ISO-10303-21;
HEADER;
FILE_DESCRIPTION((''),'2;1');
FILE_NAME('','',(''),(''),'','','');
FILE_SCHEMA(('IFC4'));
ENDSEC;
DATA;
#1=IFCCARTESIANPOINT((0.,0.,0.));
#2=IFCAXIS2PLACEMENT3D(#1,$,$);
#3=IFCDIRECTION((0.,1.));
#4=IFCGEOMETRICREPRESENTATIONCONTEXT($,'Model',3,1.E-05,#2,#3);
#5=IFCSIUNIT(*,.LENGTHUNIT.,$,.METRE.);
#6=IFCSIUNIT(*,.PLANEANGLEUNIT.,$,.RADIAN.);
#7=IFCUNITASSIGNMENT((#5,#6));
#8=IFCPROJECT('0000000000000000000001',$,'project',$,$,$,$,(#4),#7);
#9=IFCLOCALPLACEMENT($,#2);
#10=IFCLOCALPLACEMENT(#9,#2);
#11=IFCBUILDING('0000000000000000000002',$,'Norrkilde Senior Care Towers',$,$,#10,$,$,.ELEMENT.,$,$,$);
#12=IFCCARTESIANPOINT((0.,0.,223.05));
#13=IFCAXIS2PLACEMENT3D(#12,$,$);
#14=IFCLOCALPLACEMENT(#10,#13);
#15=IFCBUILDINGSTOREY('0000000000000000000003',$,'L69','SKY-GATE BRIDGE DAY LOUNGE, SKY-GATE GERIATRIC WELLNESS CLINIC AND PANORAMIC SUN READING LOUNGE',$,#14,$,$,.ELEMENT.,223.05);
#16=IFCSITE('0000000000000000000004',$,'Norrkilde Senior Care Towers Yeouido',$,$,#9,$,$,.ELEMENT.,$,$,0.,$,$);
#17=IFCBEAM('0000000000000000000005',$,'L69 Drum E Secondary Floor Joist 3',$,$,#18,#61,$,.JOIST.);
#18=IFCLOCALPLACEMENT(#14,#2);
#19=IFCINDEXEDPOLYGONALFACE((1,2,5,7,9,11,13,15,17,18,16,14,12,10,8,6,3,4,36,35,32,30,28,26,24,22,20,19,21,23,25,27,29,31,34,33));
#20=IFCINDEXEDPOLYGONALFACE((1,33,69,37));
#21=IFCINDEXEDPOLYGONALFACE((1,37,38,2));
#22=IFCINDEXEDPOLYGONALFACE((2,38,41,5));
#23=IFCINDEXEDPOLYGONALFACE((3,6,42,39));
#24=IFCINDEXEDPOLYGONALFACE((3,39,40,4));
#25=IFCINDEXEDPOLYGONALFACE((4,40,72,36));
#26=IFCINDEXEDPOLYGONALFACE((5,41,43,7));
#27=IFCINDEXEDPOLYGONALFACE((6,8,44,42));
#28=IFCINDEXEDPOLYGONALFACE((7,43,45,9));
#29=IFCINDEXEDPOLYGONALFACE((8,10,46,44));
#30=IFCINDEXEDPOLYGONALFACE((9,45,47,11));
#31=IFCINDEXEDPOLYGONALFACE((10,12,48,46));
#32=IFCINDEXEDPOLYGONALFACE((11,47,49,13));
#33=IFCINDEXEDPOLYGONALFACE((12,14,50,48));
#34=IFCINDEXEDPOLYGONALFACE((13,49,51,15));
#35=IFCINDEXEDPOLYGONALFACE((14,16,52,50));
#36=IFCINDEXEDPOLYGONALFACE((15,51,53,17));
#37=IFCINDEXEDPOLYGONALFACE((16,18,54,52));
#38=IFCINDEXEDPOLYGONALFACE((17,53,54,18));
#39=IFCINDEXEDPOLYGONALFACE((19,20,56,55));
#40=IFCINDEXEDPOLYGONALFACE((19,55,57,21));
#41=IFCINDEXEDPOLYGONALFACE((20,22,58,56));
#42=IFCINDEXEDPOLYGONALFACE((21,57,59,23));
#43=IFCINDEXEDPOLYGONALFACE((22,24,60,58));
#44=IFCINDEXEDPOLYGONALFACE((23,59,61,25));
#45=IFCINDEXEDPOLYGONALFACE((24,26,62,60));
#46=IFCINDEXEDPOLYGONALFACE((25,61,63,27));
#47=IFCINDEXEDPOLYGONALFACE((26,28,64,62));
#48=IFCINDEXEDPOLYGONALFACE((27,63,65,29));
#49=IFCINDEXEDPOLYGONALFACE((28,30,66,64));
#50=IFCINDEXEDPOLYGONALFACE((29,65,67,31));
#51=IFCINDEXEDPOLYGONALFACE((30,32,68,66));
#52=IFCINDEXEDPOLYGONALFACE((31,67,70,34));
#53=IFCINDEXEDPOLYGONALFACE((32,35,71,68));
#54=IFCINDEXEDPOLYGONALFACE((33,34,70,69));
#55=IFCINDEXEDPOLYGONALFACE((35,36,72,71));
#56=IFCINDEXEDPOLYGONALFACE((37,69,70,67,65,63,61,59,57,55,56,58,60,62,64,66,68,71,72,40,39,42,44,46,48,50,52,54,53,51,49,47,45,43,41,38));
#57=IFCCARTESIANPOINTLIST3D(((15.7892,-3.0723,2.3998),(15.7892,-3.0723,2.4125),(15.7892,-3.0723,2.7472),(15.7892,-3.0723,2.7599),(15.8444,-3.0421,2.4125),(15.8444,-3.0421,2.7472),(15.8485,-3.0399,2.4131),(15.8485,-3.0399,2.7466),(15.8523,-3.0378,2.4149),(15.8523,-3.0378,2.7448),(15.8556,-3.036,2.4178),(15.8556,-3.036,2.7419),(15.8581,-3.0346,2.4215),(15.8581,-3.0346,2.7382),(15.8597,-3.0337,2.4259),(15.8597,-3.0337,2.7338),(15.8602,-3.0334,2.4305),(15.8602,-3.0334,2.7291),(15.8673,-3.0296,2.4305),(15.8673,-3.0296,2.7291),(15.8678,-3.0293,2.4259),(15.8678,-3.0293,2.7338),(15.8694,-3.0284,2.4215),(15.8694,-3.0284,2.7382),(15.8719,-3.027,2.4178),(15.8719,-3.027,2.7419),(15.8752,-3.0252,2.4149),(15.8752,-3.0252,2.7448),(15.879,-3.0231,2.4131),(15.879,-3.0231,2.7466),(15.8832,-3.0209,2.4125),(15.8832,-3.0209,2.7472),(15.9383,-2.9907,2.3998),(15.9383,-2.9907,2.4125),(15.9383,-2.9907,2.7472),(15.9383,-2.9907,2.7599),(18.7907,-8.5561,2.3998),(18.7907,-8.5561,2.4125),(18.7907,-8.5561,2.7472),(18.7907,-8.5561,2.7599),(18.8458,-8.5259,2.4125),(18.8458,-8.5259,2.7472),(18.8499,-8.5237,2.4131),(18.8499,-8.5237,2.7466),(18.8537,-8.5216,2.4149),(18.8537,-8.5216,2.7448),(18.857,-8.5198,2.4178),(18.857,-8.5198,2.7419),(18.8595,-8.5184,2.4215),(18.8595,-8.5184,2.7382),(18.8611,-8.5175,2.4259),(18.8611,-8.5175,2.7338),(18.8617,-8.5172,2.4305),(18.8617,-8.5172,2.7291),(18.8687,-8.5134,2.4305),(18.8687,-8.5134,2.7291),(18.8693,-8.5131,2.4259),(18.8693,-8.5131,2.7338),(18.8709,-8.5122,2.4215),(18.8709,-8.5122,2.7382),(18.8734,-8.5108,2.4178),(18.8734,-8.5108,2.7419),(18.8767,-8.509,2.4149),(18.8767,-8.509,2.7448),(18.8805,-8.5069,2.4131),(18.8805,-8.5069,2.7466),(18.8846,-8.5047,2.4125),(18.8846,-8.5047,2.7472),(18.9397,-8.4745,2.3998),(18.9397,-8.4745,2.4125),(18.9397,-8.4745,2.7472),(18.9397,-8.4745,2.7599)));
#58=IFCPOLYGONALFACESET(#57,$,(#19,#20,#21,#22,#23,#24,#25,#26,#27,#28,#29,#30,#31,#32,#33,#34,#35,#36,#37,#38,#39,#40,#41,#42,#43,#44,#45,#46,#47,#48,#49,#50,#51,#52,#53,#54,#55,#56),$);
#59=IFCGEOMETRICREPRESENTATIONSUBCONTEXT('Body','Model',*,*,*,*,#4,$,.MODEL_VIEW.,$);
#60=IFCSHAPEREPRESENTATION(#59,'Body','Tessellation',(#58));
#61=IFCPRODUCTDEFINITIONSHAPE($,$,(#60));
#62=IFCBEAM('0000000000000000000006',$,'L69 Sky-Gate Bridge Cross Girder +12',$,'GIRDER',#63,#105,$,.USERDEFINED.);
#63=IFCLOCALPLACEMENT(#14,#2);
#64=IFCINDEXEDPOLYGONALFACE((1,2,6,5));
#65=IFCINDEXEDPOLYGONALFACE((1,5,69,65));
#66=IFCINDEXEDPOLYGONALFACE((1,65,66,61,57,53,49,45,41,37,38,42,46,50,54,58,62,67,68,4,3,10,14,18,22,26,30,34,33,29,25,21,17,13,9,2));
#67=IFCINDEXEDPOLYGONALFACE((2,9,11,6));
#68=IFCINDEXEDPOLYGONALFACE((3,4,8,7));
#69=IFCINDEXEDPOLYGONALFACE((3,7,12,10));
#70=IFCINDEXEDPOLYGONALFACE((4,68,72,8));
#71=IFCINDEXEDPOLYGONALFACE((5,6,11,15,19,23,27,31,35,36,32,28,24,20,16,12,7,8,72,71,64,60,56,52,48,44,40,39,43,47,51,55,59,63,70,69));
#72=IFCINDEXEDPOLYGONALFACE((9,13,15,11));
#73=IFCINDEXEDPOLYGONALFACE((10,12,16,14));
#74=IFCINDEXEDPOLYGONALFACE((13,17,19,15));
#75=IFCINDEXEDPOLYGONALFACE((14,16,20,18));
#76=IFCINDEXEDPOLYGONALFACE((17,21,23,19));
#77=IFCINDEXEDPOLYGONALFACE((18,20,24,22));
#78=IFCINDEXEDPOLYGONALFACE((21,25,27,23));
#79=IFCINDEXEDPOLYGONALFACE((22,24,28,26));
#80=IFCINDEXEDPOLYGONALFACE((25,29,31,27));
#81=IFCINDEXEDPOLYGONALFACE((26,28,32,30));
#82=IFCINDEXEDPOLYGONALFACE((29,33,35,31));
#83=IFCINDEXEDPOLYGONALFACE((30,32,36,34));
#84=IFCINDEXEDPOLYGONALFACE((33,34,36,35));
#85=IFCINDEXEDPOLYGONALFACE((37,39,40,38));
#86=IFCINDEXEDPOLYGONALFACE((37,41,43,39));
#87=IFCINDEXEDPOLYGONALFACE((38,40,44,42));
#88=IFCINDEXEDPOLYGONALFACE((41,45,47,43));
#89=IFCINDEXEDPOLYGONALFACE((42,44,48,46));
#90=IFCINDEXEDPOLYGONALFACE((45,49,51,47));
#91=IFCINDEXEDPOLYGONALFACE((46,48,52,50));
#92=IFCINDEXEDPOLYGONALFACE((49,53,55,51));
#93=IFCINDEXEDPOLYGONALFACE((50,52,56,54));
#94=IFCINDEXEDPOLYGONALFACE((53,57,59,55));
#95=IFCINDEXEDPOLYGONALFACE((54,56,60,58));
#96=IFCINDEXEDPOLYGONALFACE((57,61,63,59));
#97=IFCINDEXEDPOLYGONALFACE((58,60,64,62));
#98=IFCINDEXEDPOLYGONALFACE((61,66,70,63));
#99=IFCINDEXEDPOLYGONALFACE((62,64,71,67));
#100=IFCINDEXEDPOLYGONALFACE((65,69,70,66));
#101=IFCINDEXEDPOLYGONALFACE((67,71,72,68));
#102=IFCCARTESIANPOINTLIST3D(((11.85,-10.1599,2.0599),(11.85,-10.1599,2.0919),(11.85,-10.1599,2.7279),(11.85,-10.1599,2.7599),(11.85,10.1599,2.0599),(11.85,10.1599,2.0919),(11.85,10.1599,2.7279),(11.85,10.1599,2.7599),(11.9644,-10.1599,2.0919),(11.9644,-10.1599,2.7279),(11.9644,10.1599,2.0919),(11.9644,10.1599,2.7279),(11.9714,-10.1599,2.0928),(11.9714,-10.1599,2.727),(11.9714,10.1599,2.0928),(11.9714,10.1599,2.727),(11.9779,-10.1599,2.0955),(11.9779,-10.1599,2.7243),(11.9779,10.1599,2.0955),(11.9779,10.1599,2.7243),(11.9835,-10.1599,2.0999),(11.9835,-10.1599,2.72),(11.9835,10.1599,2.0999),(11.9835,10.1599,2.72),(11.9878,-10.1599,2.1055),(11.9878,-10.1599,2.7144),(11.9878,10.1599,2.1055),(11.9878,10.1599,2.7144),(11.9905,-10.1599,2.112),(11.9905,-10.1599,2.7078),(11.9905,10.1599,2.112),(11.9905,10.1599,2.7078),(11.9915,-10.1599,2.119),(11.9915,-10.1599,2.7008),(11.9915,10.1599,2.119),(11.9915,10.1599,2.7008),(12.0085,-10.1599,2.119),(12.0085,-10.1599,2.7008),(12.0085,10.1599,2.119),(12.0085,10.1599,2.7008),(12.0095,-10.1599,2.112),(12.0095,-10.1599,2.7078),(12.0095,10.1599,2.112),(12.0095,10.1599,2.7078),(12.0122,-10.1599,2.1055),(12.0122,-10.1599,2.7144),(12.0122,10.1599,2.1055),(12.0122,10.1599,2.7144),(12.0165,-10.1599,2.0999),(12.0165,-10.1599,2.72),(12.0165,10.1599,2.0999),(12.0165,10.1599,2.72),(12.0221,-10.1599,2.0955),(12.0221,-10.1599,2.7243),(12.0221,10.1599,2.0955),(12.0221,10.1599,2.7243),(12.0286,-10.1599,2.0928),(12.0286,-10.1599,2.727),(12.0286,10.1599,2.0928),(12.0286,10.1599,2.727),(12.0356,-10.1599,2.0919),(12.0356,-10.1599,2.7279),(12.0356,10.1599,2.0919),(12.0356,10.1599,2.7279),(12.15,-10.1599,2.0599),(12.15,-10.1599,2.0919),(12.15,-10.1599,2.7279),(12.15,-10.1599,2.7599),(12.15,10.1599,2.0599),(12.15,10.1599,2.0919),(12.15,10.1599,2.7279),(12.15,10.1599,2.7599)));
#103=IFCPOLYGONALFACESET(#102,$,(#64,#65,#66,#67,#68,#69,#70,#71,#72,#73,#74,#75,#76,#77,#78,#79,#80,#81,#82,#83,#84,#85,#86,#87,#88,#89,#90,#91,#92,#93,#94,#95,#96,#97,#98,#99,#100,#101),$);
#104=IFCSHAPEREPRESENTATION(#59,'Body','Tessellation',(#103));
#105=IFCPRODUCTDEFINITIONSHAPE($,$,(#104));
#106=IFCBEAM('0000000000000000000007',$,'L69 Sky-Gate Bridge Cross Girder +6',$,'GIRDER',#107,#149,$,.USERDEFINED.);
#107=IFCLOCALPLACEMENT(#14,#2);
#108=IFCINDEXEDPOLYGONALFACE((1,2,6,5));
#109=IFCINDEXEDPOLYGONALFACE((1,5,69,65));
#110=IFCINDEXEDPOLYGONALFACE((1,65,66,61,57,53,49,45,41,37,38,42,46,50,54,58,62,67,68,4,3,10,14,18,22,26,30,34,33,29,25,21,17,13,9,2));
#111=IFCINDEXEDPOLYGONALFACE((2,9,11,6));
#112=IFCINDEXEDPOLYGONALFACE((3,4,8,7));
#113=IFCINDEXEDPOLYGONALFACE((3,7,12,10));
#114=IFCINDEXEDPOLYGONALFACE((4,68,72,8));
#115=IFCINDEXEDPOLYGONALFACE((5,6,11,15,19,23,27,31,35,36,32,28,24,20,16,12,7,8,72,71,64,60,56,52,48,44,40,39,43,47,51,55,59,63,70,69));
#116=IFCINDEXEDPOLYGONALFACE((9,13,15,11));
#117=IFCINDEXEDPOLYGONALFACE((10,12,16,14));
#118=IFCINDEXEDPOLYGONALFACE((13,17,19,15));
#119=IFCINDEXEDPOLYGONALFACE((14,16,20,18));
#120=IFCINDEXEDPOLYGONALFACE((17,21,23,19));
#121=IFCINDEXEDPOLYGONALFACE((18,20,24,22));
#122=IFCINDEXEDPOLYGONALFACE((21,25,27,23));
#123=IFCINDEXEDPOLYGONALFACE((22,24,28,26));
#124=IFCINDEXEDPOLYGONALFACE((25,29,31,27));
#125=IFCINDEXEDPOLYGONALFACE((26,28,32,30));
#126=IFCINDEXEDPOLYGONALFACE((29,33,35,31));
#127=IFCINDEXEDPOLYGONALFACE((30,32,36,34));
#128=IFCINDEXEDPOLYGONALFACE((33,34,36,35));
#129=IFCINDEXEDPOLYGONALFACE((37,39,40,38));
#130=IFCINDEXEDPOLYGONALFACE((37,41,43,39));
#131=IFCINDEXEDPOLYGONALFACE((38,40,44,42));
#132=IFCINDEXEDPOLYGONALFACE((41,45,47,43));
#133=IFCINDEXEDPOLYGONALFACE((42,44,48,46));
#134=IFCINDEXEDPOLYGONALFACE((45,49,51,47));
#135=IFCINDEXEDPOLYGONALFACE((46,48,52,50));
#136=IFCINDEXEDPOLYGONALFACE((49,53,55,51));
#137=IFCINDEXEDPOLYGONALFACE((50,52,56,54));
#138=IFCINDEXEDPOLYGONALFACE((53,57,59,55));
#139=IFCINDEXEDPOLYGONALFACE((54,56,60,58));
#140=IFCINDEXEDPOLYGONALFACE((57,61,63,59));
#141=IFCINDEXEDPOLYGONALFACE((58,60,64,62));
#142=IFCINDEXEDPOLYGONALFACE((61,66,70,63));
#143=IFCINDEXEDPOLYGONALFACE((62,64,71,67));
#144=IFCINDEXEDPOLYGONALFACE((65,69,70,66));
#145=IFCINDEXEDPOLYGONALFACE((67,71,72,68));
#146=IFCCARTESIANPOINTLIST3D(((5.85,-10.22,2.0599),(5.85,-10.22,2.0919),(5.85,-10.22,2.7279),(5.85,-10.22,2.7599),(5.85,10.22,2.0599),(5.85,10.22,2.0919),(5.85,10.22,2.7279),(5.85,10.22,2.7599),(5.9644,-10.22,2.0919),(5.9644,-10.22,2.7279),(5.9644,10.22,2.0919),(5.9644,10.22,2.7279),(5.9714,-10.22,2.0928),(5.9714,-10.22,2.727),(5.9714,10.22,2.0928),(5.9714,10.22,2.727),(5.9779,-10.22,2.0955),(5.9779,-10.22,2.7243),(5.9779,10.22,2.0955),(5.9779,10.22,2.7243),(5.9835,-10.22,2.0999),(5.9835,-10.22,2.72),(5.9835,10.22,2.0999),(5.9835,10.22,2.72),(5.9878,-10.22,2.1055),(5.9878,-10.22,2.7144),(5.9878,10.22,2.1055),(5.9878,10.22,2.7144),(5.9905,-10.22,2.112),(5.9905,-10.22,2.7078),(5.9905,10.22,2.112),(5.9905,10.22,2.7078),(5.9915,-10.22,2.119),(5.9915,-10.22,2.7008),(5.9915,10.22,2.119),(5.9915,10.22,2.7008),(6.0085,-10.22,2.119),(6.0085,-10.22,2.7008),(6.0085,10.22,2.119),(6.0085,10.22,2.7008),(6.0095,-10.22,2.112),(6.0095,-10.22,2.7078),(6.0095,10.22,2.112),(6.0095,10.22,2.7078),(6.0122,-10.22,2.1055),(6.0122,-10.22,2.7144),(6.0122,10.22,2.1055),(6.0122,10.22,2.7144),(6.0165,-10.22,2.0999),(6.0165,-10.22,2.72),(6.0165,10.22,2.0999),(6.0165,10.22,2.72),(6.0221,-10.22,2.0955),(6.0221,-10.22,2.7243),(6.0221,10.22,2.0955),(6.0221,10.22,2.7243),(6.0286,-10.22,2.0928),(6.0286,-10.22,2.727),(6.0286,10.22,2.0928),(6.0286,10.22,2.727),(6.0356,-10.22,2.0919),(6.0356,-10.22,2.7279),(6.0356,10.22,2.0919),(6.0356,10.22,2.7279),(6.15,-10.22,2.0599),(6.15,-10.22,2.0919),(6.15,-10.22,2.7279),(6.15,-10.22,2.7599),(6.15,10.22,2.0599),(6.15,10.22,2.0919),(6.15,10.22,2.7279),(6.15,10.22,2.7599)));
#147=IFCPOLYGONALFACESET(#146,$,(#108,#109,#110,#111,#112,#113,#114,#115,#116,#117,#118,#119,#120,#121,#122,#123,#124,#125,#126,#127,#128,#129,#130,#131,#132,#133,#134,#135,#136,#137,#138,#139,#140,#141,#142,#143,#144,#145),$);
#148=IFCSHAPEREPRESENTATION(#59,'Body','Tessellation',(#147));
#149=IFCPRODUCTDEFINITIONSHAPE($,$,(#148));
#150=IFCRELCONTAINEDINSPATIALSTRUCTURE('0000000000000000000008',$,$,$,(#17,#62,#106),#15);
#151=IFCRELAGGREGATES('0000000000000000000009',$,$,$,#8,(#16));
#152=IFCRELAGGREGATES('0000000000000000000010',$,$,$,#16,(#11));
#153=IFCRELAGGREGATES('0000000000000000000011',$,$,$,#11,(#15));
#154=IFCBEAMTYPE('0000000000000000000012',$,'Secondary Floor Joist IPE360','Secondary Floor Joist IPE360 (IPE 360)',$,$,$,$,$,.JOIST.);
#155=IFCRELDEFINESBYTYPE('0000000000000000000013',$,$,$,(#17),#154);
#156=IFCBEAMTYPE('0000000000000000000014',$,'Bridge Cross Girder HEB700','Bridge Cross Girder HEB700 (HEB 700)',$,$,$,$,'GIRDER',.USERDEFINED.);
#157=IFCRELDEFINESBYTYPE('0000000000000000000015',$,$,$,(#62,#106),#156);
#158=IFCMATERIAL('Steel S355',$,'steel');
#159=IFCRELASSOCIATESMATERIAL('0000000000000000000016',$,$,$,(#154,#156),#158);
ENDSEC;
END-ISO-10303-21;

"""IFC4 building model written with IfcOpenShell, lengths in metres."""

from ifc_helpers import new_model, si_unit, direction, frame, origin, origin_2d, place, context, subcontext, project, spatial, i_section, extrude, source, transform, mapped, material, material_profile, profile_set, type_object, type_shapes, element, save


model = new_model("IFC4")

# Units and contexts
model_context = context("Model", 3, precision=1e-05, world=origin(), true_north=direction((0.0, 1.0)))
body_context = subcontext(model_context, "Body", "Model", "MODEL_VIEW")
ifc_project = project(units=[si_unit("LENGTHUNIT", "METRE"), si_unit("PLANEANGLEUNIT", "RADIAN")], contexts=[model_context])

# Site, building, storey
site_placement = place(None, origin())
site = spatial("IfcSite", under=ifc_project, at=site_placement, Name="Norrkilde Senior Care Towers Yeouido", CompositionType="ELEMENT", RefElevation=0.0)
building_placement = place(site_placement, origin())
building = spatial("IfcBuilding", under=site, at=building_placement, Name="Norrkilde Senior Care Towers", CompositionType="ELEMENT")
storey_placement = place(building_placement, frame((0.0, 0.0, 223.05)))
storey = spatial("IfcBuildingStorey", under=building, at=storey_placement, Name="L69", Description="SKY-GATE BRIDGE DAY LOUNGE, SKY-GATE GERIATRIC WELLNESS CLINIC AND PANORAMIC SUN READING LOUNGE", CompositionType="ELEMENT", Elevation=223.05)

# Shared definitions
ifc_material_1 = material(Name="Steel S355", Category="steel")

# Beams
ifc_material_profile_1 = material_profile(ifc_material_1, i_section(OverallWidth=0.1699, OverallDepth=0.3601, WebThickness=0.0081, FlangeThickness=0.0127, FilletRadius=0.0181, at=origin_2d()), Name="IPE 360")
ifc_profile_set_1 = profile_set([ifc_material_profile_1], Name="Steel S355")
beam_type_1 = type_object("IfcBeamType", Name="Secondary Floor Joist IPE360", Description="Secondary Floor Joist IPE360 (IPE 360)", PredefinedType="JOIST", material=ifc_profile_set_1)
shared_shape_1 = source(origin(), body_context, "Body", "SweptSolid", [
    extrude(i_section(OverallWidth=0.1699, OverallDepth=0.3601, WebThickness=0.0081, FlangeThickness=0.0127, FilletRadius=0.0181, at=origin_2d()), origin(), (0.0, 0.0, 1.0), 6.2515),
])
type_shapes(beam_type_1, [shared_shape_1])
beam_1_placement = place(storey_placement, frame((15.8638, -3.0315, 2.5798), z_axis=(0.480116, -0.877205, 0.0), x_axis=(0.877205, 0.480116, 0.0)))
element("IfcBeam", 1, at=beam_1_placement, inside=storey, type_object=beam_type_1, Name="L69 Drum E Secondary Floor Joist 3", PredefinedType="JOIST", context=body_context, shape_type="MappedRepresentation", body=[
    mapped(shared_shape_1, transform((0.0, 0.0, 0.0), x_axis=(1.0, 0.0, 0.0), y_axis=(0.0, 1.0, 0.0), z_axis=(0.0, 0.0, 1.0), scale=1.0)),
])
ifc_material_profile_2 = material_profile(ifc_material_1, i_section(OverallWidth=0.3, OverallDepth=0.7, WebThickness=0.0171, FlangeThickness=0.032, FilletRadius=0.0271, at=origin_2d()), Name="HEB 700")
ifc_profile_set_2 = profile_set([ifc_material_profile_2], Name="Steel S355")
beam_type_2 = type_object("IfcBeamType", Name="Bridge Cross Girder HEB700", Description="Bridge Cross Girder HEB700 (HEB 700)", ElementType="GIRDER", PredefinedType="USERDEFINED", material=ifc_profile_set_2)
shared_shape_2 = source(origin(), body_context, "Body", "SweptSolid", [
    extrude(i_section(OverallWidth=0.3, OverallDepth=0.7, WebThickness=0.0171, FlangeThickness=0.032, FilletRadius=0.0271, at=origin_2d()), origin(), (0.0, 0.0, 1.0), 20.3198),
])
beam_2_placement = place(storey_placement, frame((12.0, -10.1599, 2.4099), z_axis=(0.0, 1.0, 0.0), x_axis=(-1.0, 0.0, 0.0)))
element("IfcBeam", 2, at=beam_2_placement, inside=storey, type_object=beam_type_2, Name="L69 Sky-Gate Bridge Cross Girder +12", ObjectType="GIRDER", PredefinedType="USERDEFINED", context=body_context, shape_type="MappedRepresentation", body=[
    mapped(shared_shape_2, transform((0.0, 0.0, 0.0), x_axis=(1.0, 0.0, 0.0), y_axis=(0.0, 1.0, 0.0), z_axis=(0.0, 0.0, 1.0), scale=1.0)),
])
shared_shape_3 = source(origin(), body_context, "Body", "SweptSolid", [
    extrude(i_section(OverallWidth=0.3, OverallDepth=0.7, WebThickness=0.0171, FlangeThickness=0.032, FilletRadius=0.0271, at=origin_2d()), origin(), (0.0, 0.0, 1.0), 20.4399),
])
type_shapes(beam_type_2, [shared_shape_2, shared_shape_3])
beam_3_placement = place(storey_placement, frame((6.0, -10.22, 2.4099), z_axis=(0.0, 1.0, 0.0), x_axis=(-1.0, 0.0, 0.0)))
element("IfcBeam", 3, at=beam_3_placement, inside=storey, type_object=beam_type_2, Name="L69 Sky-Gate Bridge Cross Girder +6", ObjectType="GIRDER", PredefinedType="USERDEFINED", context=body_context, shape_type="MappedRepresentation", body=[
    mapped(shared_shape_3, transform((0.0, 0.0, 0.0), x_axis=(1.0, 0.0, 0.0), y_axis=(0.0, 1.0, 0.0), z_axis=(0.0, 0.0, 1.0), scale=1.0)),
])

save(model, "model.ifc")
